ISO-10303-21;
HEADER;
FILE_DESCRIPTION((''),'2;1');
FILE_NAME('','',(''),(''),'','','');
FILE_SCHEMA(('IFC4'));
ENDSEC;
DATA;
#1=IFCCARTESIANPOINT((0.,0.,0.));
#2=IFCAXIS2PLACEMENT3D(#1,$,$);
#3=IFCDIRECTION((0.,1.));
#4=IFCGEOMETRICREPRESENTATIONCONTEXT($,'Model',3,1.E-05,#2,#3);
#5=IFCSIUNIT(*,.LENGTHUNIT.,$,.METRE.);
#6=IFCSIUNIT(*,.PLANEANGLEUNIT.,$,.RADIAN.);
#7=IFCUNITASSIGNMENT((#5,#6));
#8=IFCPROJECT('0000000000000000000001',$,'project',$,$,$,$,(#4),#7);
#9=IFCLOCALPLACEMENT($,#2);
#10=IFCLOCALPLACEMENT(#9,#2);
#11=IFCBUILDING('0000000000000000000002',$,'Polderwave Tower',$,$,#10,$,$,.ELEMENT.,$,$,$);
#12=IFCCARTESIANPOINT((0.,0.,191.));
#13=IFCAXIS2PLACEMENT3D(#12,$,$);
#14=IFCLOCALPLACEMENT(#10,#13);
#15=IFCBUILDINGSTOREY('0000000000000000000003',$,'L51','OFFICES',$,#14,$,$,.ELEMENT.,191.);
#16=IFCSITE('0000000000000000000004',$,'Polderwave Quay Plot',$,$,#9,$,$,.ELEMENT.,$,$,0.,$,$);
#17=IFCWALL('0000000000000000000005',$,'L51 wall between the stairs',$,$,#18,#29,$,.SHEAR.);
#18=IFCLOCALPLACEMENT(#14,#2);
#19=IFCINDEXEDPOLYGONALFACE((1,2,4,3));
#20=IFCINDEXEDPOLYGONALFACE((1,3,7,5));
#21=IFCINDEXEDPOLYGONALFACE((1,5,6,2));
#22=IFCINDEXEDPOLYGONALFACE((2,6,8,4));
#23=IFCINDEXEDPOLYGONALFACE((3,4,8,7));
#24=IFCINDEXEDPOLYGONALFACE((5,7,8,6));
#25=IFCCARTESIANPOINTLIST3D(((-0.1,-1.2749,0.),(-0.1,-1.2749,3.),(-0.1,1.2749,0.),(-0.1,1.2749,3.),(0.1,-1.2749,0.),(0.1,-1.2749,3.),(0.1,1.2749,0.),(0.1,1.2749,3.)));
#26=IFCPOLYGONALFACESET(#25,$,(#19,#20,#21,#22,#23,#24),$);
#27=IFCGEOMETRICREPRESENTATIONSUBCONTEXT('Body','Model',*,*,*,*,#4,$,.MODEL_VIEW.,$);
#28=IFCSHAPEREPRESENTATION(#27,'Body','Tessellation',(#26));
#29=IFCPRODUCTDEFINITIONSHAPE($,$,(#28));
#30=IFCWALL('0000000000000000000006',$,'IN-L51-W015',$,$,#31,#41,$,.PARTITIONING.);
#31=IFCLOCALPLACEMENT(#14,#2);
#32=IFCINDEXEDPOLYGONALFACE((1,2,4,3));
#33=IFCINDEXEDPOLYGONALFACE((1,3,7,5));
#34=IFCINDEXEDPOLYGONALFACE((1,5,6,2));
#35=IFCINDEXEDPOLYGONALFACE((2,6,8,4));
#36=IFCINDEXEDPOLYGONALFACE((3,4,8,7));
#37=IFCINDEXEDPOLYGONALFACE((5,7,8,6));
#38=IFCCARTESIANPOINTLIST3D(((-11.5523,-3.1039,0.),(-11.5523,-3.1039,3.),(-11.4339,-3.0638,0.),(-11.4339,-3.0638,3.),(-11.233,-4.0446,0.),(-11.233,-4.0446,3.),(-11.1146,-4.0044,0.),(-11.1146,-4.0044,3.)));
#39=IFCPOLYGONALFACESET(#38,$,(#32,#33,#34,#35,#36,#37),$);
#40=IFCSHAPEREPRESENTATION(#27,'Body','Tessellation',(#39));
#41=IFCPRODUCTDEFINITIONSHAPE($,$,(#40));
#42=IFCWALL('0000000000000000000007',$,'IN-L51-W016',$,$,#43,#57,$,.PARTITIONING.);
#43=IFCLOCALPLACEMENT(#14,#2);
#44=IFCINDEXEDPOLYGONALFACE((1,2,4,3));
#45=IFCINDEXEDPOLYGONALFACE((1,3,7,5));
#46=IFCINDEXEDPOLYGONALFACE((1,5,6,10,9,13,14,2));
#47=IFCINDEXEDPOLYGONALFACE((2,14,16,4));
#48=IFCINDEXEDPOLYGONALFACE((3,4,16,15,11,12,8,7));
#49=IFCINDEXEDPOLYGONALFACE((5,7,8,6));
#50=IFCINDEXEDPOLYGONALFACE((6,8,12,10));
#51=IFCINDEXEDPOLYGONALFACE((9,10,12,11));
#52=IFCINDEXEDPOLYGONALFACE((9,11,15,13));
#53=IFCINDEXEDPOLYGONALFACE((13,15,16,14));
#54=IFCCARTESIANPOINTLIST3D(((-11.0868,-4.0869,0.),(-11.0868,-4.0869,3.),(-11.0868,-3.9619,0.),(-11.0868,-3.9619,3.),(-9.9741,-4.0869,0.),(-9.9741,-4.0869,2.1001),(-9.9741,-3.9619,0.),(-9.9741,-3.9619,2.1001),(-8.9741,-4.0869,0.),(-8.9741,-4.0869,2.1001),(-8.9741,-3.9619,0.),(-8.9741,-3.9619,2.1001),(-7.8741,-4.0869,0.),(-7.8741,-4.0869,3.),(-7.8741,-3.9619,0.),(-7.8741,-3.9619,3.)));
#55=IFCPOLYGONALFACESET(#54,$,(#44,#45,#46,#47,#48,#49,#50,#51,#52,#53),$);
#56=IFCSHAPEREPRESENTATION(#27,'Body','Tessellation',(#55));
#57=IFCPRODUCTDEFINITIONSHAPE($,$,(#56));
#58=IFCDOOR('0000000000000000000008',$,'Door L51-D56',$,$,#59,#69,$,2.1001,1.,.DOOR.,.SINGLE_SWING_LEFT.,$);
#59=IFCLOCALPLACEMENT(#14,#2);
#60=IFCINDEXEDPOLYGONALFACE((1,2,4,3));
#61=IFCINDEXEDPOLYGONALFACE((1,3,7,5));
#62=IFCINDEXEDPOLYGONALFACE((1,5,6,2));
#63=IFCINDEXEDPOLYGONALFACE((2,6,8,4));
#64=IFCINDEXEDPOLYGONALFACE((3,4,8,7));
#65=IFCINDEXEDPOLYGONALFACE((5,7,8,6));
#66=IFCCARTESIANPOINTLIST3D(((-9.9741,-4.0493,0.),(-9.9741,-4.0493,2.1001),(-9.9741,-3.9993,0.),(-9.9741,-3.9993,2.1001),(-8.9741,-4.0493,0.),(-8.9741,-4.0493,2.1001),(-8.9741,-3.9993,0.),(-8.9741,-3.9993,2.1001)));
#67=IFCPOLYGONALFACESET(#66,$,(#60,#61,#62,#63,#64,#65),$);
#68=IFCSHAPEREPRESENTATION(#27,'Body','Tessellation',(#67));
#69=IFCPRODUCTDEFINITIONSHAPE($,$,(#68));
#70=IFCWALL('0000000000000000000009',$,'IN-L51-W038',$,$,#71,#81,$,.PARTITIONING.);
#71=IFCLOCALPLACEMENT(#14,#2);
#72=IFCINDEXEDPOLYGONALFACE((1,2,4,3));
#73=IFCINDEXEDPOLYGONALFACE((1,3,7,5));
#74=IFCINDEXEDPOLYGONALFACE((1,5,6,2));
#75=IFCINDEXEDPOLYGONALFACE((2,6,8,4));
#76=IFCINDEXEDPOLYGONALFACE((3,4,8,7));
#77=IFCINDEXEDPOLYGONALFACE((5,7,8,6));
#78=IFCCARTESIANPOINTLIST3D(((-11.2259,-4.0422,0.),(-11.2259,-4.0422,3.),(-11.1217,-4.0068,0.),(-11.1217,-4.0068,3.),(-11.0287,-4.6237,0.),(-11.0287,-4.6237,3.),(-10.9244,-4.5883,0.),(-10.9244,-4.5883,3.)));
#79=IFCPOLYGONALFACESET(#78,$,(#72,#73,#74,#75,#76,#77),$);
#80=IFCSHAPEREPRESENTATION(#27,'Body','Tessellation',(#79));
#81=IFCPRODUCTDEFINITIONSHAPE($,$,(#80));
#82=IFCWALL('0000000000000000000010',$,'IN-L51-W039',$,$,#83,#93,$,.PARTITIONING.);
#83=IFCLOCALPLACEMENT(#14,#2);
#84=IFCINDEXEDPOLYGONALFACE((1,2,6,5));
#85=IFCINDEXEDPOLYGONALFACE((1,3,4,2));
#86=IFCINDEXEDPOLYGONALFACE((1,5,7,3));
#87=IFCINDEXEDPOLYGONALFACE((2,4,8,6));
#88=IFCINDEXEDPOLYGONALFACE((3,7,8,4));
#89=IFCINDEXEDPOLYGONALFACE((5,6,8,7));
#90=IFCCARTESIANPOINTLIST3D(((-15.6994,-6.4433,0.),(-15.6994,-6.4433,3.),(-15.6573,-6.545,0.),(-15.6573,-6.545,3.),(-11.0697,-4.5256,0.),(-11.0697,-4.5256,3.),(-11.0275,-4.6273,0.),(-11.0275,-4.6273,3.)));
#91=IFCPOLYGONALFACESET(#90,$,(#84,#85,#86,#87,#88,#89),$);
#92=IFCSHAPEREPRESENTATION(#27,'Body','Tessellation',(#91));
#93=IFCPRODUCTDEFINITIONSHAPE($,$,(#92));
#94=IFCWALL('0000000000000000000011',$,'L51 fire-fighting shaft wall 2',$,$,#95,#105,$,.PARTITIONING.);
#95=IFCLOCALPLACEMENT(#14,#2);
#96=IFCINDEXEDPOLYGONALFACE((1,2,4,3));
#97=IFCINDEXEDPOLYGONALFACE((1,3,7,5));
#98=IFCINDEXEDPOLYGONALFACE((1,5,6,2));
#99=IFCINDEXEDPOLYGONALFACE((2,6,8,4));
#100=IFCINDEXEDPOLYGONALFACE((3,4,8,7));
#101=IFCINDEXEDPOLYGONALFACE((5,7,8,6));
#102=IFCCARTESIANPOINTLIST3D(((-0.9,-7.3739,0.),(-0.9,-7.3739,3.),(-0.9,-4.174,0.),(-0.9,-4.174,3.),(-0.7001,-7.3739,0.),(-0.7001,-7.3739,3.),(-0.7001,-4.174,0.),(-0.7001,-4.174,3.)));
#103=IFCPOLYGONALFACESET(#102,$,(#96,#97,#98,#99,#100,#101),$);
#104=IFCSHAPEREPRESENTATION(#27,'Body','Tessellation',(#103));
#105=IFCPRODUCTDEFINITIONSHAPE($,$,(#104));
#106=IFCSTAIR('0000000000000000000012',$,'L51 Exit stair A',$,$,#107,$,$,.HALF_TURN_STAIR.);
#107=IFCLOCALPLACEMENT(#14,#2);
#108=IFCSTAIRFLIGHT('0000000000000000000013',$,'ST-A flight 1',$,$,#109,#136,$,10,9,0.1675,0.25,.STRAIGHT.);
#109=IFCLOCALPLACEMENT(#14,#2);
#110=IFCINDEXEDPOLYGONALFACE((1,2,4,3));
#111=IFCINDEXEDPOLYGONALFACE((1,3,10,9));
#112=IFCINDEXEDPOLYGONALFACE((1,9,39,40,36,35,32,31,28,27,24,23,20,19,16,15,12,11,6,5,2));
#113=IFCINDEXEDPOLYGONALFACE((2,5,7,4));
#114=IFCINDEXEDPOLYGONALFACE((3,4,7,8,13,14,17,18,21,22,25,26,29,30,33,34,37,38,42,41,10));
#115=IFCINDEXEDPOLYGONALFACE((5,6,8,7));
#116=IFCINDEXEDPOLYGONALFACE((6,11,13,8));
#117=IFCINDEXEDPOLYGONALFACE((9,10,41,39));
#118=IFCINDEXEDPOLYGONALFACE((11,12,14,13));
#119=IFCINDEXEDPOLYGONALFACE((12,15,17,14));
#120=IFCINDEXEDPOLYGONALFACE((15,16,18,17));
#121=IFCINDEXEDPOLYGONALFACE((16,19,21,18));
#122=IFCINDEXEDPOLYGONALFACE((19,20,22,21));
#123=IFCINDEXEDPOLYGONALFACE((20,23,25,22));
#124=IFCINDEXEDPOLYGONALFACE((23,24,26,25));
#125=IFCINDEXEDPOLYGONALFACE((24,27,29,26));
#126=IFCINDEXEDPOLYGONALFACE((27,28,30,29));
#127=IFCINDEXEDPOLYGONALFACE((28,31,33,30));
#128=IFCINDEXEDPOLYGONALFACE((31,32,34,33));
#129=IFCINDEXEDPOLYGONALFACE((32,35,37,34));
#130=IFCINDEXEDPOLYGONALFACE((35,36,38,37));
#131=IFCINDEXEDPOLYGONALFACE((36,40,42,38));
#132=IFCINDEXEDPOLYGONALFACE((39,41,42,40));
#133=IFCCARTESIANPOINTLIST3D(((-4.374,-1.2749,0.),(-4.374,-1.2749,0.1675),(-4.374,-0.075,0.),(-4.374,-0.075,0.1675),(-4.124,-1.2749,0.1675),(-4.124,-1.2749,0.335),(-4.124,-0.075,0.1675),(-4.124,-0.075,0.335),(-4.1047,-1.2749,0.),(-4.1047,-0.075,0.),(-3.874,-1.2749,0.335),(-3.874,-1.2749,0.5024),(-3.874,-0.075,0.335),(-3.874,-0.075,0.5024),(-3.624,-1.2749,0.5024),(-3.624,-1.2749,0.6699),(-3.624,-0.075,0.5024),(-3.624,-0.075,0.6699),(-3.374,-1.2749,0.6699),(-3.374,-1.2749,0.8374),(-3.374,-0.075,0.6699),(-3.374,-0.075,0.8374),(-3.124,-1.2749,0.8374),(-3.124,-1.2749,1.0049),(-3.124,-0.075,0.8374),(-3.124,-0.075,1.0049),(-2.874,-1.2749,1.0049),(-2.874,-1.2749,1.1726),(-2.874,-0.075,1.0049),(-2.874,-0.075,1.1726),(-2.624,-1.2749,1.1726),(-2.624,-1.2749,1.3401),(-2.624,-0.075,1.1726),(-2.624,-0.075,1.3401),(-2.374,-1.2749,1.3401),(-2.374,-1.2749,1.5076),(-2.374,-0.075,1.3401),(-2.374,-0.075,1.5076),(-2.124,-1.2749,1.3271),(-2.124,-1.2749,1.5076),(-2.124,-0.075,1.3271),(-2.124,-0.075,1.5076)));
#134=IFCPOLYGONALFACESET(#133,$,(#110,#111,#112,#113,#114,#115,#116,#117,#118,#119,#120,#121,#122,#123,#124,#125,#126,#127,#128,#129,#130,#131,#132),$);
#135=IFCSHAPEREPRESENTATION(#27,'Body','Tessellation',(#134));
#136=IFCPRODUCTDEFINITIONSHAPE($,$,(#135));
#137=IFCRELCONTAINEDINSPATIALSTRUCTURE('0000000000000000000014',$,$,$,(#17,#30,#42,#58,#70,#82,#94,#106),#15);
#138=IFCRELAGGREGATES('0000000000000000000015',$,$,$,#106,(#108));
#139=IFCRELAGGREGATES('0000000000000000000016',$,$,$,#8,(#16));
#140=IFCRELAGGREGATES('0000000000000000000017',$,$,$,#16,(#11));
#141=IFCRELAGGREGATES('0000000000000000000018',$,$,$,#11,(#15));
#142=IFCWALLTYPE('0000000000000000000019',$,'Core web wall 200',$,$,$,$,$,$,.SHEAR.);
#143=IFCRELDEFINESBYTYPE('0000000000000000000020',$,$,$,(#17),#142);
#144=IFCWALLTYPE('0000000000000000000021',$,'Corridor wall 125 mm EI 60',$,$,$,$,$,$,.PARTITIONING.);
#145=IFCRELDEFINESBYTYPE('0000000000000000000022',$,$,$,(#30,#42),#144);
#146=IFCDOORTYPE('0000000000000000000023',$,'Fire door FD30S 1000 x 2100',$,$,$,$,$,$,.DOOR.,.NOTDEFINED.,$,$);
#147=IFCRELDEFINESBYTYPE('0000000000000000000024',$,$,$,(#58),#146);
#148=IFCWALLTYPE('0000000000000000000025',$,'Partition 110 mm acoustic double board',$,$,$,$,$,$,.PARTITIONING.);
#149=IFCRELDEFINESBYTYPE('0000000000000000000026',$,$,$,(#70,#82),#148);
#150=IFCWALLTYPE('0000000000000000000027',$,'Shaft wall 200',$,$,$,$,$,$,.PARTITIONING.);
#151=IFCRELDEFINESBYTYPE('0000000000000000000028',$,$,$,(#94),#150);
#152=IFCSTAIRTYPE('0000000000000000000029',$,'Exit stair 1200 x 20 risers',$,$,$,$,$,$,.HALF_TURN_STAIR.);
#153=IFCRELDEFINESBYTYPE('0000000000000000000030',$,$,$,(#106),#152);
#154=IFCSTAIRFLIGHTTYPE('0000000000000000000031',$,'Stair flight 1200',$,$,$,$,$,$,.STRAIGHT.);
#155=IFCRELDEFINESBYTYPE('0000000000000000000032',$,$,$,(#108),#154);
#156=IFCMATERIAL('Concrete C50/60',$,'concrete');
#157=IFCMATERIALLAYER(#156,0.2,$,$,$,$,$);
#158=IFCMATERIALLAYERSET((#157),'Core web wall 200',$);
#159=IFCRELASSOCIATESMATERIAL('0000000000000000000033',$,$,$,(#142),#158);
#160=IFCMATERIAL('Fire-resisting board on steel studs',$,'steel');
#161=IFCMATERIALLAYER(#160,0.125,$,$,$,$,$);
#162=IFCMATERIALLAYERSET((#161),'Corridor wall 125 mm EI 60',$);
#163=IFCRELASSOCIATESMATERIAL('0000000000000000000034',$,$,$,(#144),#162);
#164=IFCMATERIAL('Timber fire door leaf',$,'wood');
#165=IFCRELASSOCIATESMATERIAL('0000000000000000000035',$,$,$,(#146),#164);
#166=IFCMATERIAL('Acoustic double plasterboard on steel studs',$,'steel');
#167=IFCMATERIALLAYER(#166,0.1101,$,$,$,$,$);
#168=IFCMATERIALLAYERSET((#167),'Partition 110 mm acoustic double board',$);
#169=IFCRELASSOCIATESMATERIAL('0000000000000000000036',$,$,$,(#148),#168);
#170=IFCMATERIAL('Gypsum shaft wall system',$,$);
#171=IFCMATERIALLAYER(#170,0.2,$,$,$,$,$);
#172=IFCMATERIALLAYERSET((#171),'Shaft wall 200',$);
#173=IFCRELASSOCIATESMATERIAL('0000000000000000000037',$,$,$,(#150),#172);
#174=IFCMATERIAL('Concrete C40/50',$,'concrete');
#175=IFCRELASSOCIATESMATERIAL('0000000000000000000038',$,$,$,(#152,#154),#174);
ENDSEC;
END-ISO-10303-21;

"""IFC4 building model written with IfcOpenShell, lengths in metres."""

from ifc_helpers import new_model, si_unit, direction, frame, frame_2d, origin, place, context, subcontext, project, spatial, polyline, rectangle, outline, extrude, material, layer, layer_set, type_object, element, fill, aggregate, save


model = new_model("IFC4")

# Units and contexts
model_context = context("Model", 3, precision=1e-05, world=origin(), true_north=direction((0.0, 1.0)))
body_context = subcontext(model_context, "Body", "Model", "MODEL_VIEW")
ifc_project = project(units=[si_unit("LENGTHUNIT", "METRE"), si_unit("PLANEANGLEUNIT", "RADIAN")], contexts=[model_context])

# Site, building, storey
site_placement = place(None, origin())
site = spatial("IfcSite", under=ifc_project, at=site_placement, Name="Polderwave Quay Plot", CompositionType="ELEMENT", RefElevation=0.0)
building_placement = place(site_placement, origin())
building = spatial("IfcBuilding", under=site, at=building_placement, Name="Polderwave Tower", CompositionType="ELEMENT")
storey_placement = place(building_placement, frame((0.0, 0.0, 191.0)))
storey = spatial("IfcBuildingStorey", under=building, at=storey_placement, Name="L51", Description="OFFICES", CompositionType="ELEMENT", Elevation=191.0)

# Shared definitions
ifc_material_1 = material(Name="Concrete C50/60", Category="concrete")
ifc_layer_1 = layer(ifc_material_1, 0.2)
ifc_layer_set_1 = layer_set([ifc_layer_1], Name="Core web wall 200")
wall_type_1 = type_object("IfcWallType", Name="Core web wall 200", PredefinedType="SHEAR", material=ifc_layer_set_1)

# Walls
wall_1_placement = place(storey_placement, frame((0.0, -1.2749, 0.0), z_axis=(0.0, 0.0, 1.0), x_axis=(0.0, 1.0, 0.0)))
element("IfcWall", 1, at=wall_1_placement, inside=storey, type_object=wall_type_1, Name="L51 wall between the stairs", PredefinedType="SHEAR", context=body_context, shape_type="SweptSolid", body=[
    extrude(rectangle(XDim=2.5498, YDim=0.2, at=frame_2d((1.2749, 0.0))), origin(), (0.0, 0.0, 1.0), 3.0),
])
ifc_material_2 = material(Name="Fire-resisting board on steel studs", Category="steel")
ifc_layer_2 = layer(ifc_material_2, 0.125)
ifc_layer_set_2 = layer_set([ifc_layer_2], Name="Corridor wall 125 mm EI 60")
wall_type_2 = type_object("IfcWallType", Name="Corridor wall 125 mm EI 60", PredefinedType="PARTITIONING", material=ifc_layer_set_2)
wall_2_placement = place(storey_placement, frame((-11.1738, -4.0244, 0.0), z_axis=(0.0, 0.0, 1.0), x_axis=(-0.321458, 0.946924, 0.0)))
element("IfcWall", 2, at=wall_2_placement, inside=storey, type_object=wall_type_2, Name="IN-L51-W015", PredefinedType="PARTITIONING", context=body_context, shape_type="SweptSolid", body=[
    extrude(rectangle(XDim=0.9934, YDim=0.125, at=frame_2d((0.4966, 0.0))), origin(), (0.0, 0.0, 1.0), 3.0),
])

# Wall, opening, door
wall_3_placement = place(storey_placement, frame((-7.874, -4.0244, 0.0), z_axis=(0.0, 0.0, 1.0), x_axis=(-1.0, 0.0, 0.0)))
wall_3 = element("IfcWall", 3, at=wall_3_placement, inside=storey, type_object=wall_type_2, Name="IN-L51-W016", PredefinedType="PARTITIONING", context=body_context, shape_type="SweptSolid", body=[
    extrude(rectangle(XDim=3.2126, YDim=0.125, at=frame_2d((1.6064, 0.0))), origin(), (0.0, 0.0, 1.0), 3.0),
])
opening_1_placement = place(wall_3_placement, frame((1.1001, 0.0, 0.0)))
opening_1 = element("IfcOpeningElement", 4, at=opening_1_placement, cuts=wall_3, PredefinedType="OPENING", context=body_context, shape_type="SweptSolid", body=[
    extrude(rectangle(XDim=1.0, YDim=2.1001, at=frame_2d((0.5, 1.05))), frame((0.0, 0.0725, 0.0), z_axis=(0.0, -1.0, 0.0), x_axis=(1.0, 0.0, 0.0)), (0.0, 0.0, 1.0), 0.145),
])
ifc_material_3 = material(Name="Timber fire door leaf", Category="wood")
door_type_1 = type_object("IfcDoorType", Name="Fire door FD30S 1000 x 2100", OperationType="NOTDEFINED", PredefinedType="DOOR", material=ifc_material_3)
door_1_placement = place(opening_1_placement, origin())
door_1 = element("IfcDoor", 5, at=door_1_placement, inside=storey, type_object=door_type_1, Name="Door L51-D56", OperationType="SINGLE_SWING_LEFT", OverallHeight=2.1001, OverallWidth=1.0, PredefinedType="DOOR", context=body_context, shape_type="SweptSolid", body=[
    extrude(rectangle(XDim=1.0, YDim=2.1001, at=frame_2d((0.5, 1.05))), frame((0.0, 0.0249, 0.0), z_axis=(0.0, -1.0, 0.0), x_axis=(1.0, 0.0, 0.0)), (0.0, 0.0, 1.0), 0.05),
])
fill(opening_1, door_1)

# Walls
ifc_material_4 = material(Name="Acoustic double plasterboard on steel studs", Category="steel")
ifc_layer_3 = layer(ifc_material_4, 0.1101)
ifc_layer_set_3 = layer_set([ifc_layer_3], Name="Partition 110 mm acoustic double board")
wall_type_3 = type_object("IfcWallType", Name="Partition 110 mm acoustic double board", PredefinedType="PARTITIONING", material=ifc_layer_set_3)
wall_4_placement = place(storey_placement, frame((-11.1738, -4.0244, 0.0), z_axis=(0.0, 0.0, 1.0), x_axis=(0.321233, -0.947, 0.0)))
element("IfcWall", 6, at=wall_4_placement, inside=storey, type_object=wall_type_3, Name="IN-L51-W038", PredefinedType="PARTITIONING", context=body_context, shape_type="SweptSolid", body=[
    extrude(rectangle(XDim=0.614, YDim=0.1101, at=frame_2d((0.3071, 0.0))), origin(), (0.0, 0.0, 1.0), 3.0),
])
wall_5_placement = place(storey_placement, frame((-11.0486, -4.5764, 0.0), z_axis=(0.0, 0.0, 1.0), x_axis=(-0.923875, -0.382695, 0.0)))
element("IfcWall", 7, at=wall_5_placement, inside=storey, type_object=wall_type_3, Name="IN-L51-W039", PredefinedType="PARTITIONING", context=body_context, shape_type="SweptSolid", body=[
    extrude(rectangle(XDim=5.0112, YDim=0.1101, at=frame_2d((2.5056, 0.0))), origin(), (0.0, 0.0, 1.0), 3.0),
])
ifc_material_5 = material(Name="Gypsum shaft wall system")
ifc_layer_4 = layer(ifc_material_5, 0.2)
ifc_layer_set_4 = layer_set([ifc_layer_4], Name="Shaft wall 200")
wall_type_4 = type_object("IfcWallType", Name="Shaft wall 200", PredefinedType="PARTITIONING", material=ifc_layer_set_4)
wall_6_placement = place(storey_placement, frame((-0.8, -7.374, 0.0), z_axis=(0.0, 0.0, 1.0), x_axis=(0.0, 1.0, 0.0)))
element("IfcWall", 8, at=wall_6_placement, inside=storey, type_object=wall_type_4, Name="L51 fire-fighting shaft wall 2", PredefinedType="PARTITIONING", context=body_context, shape_type="SweptSolid", body=[
    extrude(rectangle(XDim=3.2, YDim=0.2, at=frame_2d((1.6001, 0.0))), origin(), (0.0, 0.0, 1.0), 3.0),
])

# Stair, stair flight
ifc_material_6 = material(Name="Concrete C40/50", Category="concrete")
stair_type = type_object("IfcStairType", Name="Exit stair 1200 x 20 risers", PredefinedType="HALF_TURN_STAIR", material=ifc_material_6)
stair_placement = place(storey_placement, origin())
stair = element("IfcStair", 9, at=stair_placement, inside=storey, type_object=stair_type, Name="L51 Exit stair A", PredefinedType="HALF_TURN_STAIR")
stair_flight_type = type_object("IfcStairFlightType", Name="Stair flight 1200", PredefinedType="STRAIGHT", material=ifc_material_6)
stair_flight_placement = place(storey_placement, frame((-4.374, -0.675, 0.0), z_axis=(0.0, 0.0, 1.0), x_axis=(1.0, 0.0, 0.0)))
stair_flight = element("IfcStairFlight", 10, at=stair_flight_placement, type_object=stair_flight_type, Name="ST-A flight 1", NumberOfRisers=10, NumberOfTreads=9, PredefinedType="STRAIGHT", RiserHeight=0.1675, TreadLength=0.25, context=body_context, shape_type="SweptSolid", body=[
    extrude(outline(polyline([(0.0, 0.0), (0.0, 0.1675), (0.25, 0.1675), (0.25, 0.335), (0.5, 0.335), (0.5, 0.5024), (0.75, 0.5024), (0.75, 0.6699), (1.0, 0.6699), (1.0, 0.8374), (1.25, 0.8374), (1.25, 1.0049), (1.5, 1.0049), (1.5, 1.1726), (1.75, 1.1726), (1.75, 1.3401), (2.0, 1.3401), (2.0, 1.5076), (2.25, 1.5076), (2.25, 1.675), (2.25, 1.3271), (0.2693, 0.0), (0.0, 0.0)])), frame((0.0, 0.6001, 0.0), z_axis=(0.0, -1.0, 0.0), x_axis=(1.0, 0.0, 0.0)), (0.0, 0.0, 1.0), 1.2),
])
aggregate(stair, [stair_flight])

save(model, "model.ifc")
